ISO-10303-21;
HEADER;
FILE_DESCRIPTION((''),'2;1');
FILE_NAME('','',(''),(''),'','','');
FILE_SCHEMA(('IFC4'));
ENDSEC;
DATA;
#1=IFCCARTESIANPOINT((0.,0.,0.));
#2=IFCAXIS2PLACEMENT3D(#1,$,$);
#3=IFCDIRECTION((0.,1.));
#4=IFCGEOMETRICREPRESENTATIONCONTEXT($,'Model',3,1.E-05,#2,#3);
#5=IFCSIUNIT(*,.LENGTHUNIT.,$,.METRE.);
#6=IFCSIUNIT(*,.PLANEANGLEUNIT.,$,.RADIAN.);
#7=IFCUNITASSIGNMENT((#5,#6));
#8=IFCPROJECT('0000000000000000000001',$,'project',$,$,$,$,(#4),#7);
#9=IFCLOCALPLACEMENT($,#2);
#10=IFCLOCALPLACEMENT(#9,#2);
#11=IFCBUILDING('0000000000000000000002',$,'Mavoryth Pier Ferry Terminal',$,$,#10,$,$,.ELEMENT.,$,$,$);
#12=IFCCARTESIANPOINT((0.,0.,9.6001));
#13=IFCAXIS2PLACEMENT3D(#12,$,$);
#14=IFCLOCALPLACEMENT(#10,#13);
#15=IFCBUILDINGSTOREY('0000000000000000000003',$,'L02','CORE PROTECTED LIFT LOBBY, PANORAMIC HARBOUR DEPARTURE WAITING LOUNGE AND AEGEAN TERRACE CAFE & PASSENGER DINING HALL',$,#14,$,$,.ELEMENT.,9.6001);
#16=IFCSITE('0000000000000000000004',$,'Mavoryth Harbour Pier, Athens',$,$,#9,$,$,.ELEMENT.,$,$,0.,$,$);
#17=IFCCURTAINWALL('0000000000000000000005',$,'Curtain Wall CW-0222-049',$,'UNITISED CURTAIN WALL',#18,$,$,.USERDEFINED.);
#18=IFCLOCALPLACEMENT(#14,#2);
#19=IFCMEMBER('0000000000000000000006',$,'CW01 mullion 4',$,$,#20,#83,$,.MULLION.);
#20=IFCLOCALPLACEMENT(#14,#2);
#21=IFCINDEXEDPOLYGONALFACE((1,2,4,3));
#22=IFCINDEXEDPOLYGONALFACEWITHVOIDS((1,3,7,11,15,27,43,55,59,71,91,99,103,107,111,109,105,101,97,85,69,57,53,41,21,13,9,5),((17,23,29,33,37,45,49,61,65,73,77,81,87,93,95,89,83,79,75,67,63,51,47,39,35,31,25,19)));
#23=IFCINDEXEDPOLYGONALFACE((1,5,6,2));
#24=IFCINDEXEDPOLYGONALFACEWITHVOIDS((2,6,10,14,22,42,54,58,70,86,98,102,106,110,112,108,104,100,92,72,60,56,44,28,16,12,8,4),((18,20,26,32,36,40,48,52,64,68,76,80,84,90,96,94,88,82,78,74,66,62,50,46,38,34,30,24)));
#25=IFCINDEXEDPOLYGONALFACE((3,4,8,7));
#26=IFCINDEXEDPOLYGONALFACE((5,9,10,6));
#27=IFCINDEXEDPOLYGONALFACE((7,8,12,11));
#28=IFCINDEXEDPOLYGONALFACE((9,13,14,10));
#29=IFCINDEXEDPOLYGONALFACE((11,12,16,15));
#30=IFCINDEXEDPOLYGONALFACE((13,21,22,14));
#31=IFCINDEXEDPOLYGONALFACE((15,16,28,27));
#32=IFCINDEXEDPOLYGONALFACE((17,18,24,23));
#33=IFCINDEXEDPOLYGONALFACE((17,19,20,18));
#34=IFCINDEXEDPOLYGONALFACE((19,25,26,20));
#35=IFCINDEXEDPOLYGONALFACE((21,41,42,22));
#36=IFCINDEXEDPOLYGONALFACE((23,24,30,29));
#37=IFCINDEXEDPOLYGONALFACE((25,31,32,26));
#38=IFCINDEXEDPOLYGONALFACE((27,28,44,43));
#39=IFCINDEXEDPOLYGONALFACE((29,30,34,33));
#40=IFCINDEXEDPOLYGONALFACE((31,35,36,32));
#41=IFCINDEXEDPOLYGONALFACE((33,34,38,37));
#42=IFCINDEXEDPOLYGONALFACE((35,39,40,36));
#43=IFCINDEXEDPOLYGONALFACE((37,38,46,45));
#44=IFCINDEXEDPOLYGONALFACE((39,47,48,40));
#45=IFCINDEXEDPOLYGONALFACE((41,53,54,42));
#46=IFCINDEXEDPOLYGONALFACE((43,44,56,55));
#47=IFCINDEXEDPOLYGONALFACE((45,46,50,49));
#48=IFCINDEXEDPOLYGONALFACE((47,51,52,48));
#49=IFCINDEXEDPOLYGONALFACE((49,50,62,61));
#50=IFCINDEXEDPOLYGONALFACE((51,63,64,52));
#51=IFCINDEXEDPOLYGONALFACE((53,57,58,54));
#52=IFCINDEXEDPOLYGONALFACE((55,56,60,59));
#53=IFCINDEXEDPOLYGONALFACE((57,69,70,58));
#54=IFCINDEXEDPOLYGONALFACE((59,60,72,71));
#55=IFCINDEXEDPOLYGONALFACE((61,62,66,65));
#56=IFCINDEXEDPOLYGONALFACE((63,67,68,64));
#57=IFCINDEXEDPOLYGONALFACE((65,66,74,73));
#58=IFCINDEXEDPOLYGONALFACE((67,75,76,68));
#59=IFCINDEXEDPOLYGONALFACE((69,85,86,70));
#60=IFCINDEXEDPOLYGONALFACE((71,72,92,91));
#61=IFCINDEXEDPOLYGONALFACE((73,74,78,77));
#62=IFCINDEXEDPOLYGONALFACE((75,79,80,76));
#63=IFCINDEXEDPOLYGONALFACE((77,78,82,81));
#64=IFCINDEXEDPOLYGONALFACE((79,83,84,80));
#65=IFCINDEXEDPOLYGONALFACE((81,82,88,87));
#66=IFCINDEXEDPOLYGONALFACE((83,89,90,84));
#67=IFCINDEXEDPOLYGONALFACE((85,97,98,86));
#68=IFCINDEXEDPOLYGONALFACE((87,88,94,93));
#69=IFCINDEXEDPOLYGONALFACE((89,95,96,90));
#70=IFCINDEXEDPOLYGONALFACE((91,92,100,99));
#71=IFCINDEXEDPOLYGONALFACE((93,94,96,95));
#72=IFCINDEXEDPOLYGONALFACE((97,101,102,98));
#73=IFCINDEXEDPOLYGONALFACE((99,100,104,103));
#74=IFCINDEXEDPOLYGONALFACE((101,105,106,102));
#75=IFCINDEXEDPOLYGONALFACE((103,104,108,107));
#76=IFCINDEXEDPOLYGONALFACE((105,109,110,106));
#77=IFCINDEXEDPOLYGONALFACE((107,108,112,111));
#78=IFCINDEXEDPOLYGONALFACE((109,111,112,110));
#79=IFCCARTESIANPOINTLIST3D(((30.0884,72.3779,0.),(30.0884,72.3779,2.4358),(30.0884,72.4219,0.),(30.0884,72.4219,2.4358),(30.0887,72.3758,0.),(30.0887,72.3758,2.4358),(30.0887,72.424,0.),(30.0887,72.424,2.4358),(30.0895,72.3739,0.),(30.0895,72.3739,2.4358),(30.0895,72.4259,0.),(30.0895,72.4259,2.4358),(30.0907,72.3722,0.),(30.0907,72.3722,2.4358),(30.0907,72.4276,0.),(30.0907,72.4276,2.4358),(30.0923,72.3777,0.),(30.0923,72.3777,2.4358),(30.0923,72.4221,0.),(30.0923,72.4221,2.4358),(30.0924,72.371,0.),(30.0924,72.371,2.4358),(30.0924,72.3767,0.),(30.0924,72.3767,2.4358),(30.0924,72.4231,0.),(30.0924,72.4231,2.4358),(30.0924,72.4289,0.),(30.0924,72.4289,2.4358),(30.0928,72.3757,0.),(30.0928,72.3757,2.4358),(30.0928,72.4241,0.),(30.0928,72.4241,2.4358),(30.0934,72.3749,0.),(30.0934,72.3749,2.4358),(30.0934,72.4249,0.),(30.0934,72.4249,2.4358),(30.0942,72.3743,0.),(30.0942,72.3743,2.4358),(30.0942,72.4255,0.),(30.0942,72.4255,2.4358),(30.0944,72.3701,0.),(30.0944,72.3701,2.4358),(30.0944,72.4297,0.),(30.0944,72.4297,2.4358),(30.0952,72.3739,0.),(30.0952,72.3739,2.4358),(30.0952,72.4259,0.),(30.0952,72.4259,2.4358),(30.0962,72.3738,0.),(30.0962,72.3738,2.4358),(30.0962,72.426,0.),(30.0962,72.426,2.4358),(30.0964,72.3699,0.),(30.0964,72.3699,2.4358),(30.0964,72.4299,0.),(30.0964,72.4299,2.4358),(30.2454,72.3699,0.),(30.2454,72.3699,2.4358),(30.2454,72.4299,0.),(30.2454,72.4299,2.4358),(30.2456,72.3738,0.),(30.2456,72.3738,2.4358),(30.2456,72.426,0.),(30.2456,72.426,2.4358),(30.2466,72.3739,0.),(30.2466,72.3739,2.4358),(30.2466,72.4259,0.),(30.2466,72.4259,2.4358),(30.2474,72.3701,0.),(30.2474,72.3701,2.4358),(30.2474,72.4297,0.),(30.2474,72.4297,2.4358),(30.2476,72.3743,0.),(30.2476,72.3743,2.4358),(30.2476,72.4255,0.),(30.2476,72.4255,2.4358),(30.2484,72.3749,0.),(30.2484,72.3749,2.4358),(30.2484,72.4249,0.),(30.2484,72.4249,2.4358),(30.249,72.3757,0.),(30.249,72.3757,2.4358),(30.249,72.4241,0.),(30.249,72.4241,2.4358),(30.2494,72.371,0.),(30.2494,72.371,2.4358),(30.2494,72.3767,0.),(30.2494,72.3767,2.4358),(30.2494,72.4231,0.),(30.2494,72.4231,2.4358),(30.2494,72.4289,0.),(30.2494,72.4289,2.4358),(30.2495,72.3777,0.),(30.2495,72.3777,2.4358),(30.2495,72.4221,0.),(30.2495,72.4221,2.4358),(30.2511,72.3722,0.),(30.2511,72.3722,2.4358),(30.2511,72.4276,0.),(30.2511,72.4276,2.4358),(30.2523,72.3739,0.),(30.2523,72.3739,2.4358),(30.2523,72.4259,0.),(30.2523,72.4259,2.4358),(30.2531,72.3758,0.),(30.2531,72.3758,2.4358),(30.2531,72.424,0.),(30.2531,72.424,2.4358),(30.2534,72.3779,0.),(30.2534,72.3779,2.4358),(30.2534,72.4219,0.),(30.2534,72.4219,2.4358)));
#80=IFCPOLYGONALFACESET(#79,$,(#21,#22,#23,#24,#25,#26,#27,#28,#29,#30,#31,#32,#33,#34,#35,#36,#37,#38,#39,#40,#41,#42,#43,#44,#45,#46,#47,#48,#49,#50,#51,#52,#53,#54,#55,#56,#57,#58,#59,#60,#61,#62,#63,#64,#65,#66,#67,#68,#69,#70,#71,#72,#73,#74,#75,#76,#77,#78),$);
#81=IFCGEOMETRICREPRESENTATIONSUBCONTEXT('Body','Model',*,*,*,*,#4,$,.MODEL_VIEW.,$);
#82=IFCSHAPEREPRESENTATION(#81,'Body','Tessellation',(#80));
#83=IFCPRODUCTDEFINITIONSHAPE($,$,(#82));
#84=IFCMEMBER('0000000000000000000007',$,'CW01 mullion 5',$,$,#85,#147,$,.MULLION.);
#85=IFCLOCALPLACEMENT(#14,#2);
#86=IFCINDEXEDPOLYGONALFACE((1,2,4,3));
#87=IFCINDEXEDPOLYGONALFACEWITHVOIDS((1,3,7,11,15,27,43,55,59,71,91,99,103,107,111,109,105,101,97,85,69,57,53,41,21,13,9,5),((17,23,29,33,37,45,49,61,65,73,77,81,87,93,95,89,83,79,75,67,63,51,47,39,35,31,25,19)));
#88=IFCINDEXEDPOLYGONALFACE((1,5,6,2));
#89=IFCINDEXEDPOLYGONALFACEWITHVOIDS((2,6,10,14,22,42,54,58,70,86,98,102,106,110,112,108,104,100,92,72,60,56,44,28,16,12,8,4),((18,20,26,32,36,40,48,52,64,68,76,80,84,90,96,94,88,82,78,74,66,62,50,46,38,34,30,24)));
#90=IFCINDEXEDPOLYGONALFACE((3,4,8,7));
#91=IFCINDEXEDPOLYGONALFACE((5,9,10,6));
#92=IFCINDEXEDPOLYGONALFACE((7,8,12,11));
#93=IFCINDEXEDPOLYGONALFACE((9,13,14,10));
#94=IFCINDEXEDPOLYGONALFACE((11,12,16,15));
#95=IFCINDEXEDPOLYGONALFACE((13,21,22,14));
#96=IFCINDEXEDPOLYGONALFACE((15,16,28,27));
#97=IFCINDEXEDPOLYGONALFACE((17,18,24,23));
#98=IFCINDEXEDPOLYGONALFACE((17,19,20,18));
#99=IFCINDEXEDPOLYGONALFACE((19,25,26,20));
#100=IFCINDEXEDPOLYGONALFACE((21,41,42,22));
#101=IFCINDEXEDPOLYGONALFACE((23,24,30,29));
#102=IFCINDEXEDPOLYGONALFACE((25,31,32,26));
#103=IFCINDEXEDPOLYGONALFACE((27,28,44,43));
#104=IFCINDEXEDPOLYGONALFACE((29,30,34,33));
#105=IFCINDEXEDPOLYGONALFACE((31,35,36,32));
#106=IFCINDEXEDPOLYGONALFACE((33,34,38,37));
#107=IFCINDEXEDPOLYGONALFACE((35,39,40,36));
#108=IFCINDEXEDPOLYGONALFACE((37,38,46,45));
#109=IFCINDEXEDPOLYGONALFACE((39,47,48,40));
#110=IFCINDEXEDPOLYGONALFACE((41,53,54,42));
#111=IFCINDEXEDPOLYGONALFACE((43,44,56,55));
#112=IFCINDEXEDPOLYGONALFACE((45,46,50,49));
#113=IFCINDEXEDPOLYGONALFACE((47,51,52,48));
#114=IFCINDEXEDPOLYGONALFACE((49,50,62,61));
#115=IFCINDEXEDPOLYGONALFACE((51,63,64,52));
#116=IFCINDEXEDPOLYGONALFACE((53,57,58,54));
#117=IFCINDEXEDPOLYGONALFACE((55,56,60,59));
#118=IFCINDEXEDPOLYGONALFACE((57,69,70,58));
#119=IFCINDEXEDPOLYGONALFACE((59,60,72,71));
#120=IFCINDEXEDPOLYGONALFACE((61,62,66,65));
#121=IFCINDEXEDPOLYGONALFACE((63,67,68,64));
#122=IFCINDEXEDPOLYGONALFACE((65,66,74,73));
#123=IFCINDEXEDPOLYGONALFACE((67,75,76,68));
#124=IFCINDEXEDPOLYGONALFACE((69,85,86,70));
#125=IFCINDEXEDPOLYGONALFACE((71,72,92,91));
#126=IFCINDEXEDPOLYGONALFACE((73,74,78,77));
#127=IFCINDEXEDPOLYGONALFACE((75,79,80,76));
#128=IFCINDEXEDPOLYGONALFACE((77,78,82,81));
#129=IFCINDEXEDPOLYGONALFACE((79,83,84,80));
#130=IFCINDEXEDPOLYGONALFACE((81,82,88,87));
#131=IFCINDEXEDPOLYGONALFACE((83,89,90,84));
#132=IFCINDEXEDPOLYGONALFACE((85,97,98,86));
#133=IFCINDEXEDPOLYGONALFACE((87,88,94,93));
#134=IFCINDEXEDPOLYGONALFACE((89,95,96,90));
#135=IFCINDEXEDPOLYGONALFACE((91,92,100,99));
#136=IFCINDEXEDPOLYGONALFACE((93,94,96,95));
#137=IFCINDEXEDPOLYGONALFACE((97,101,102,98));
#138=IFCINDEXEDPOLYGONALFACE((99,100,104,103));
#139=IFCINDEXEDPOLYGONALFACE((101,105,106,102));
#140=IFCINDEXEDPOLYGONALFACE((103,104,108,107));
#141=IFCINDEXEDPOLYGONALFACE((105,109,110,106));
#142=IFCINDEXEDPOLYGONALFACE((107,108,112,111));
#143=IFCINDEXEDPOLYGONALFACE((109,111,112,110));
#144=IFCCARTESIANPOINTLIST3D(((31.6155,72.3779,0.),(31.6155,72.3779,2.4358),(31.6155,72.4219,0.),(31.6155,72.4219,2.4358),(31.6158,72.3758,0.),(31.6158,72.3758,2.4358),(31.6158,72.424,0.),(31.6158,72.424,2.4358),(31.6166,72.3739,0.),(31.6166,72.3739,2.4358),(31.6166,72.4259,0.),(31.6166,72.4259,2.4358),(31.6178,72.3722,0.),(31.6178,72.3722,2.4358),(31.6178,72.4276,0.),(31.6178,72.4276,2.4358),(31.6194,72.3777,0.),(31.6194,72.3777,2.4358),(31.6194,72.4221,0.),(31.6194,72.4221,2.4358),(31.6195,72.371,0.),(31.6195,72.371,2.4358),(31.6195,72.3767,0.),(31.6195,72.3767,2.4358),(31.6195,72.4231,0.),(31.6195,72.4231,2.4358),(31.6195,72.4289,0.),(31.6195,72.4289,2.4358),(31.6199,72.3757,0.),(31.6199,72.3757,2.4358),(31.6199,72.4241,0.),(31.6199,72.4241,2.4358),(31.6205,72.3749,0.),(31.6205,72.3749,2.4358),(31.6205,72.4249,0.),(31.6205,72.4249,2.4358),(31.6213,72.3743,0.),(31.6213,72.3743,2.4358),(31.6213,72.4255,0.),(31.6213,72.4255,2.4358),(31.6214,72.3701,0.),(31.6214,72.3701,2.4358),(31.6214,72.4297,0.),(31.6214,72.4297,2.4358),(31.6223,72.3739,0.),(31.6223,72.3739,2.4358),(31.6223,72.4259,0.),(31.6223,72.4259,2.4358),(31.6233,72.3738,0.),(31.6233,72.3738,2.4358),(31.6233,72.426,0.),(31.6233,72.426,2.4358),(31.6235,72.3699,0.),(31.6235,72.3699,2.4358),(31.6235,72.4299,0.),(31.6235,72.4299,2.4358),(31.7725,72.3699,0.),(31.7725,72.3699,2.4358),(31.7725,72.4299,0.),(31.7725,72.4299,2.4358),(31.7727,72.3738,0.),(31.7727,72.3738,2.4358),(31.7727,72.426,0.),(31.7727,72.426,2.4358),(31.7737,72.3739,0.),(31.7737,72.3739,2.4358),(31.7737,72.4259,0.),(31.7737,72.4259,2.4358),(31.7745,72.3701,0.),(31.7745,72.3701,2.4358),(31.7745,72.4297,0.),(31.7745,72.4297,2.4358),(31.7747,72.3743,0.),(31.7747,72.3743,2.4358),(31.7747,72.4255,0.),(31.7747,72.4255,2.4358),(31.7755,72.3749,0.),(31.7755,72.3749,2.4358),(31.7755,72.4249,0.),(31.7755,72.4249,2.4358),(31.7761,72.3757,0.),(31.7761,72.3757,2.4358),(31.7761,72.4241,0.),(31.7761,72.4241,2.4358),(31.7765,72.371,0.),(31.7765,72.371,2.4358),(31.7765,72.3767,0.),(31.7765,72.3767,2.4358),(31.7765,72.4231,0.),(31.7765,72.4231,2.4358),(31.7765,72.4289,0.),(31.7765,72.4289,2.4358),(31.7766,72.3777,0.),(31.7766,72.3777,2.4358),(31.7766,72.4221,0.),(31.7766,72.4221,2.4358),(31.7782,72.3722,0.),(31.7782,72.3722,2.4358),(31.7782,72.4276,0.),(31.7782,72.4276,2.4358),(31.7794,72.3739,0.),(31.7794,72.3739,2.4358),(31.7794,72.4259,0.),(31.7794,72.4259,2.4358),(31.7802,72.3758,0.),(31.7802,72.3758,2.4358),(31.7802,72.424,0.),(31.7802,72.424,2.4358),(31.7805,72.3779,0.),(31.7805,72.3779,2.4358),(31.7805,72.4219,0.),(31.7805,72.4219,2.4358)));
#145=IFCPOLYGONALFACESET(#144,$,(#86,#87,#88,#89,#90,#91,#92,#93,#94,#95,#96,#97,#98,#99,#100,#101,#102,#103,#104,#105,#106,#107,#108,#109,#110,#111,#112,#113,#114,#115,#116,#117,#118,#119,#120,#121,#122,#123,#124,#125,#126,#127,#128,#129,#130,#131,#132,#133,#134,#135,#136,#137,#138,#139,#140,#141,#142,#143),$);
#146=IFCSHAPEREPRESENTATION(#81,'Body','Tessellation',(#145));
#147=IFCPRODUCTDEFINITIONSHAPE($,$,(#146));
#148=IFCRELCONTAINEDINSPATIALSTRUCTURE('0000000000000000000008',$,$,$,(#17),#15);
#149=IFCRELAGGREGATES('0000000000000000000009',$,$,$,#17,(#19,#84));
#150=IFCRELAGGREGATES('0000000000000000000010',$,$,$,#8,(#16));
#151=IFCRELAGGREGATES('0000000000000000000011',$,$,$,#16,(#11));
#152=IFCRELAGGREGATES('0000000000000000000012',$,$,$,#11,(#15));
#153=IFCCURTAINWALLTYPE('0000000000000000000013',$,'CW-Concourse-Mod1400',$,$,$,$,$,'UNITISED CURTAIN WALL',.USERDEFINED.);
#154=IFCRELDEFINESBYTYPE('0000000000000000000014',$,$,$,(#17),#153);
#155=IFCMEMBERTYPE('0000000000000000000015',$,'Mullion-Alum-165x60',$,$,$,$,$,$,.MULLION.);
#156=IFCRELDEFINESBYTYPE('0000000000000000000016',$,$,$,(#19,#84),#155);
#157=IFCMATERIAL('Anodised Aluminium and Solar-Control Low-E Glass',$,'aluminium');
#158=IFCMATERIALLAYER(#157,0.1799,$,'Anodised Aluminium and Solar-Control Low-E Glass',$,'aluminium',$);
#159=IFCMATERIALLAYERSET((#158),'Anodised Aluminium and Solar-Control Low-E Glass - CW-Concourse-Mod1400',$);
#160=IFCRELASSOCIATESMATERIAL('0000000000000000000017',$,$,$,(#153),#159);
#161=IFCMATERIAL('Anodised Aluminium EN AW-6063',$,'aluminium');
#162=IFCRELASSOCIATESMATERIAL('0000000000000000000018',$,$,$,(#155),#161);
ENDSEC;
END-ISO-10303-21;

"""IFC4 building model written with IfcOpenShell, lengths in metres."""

from ifc_helpers import new_model, si_unit, direction, frame, origin, origin_2d, place, context, subcontext, project, spatial, hollow_rectangle, extrude, material, layer, layer_set, material_profile, profile_set, type_object, element, aggregate, save


model = new_model("IFC4")

# Units and contexts
model_context = context("Model", 3, precision=1e-05, world=origin(), true_north=direction((0.0, 1.0)))
body_context = subcontext(model_context, "Body", "Model", "MODEL_VIEW")
ifc_project = project(units=[si_unit("LENGTHUNIT", "METRE"), si_unit("PLANEANGLEUNIT", "RADIAN")], contexts=[model_context])

# Site, building, storey
site_placement = place(None, origin())
site = spatial("IfcSite", under=ifc_project, at=site_placement, Name="Mavoryth Harbour Pier, Athens", CompositionType="ELEMENT", RefElevation=0.0)
building_placement = place(site_placement, origin())
building = spatial("IfcBuilding", under=site, at=building_placement, Name="Mavoryth Pier Ferry Terminal", CompositionType="ELEMENT")
storey_placement = place(building_placement, frame((0.0, 0.0, 9.6001)))
storey = spatial("IfcBuildingStorey", under=building, at=storey_placement, Name="L02", Description="CORE PROTECTED LIFT LOBBY, PANORAMIC HARBOUR DEPARTURE WAITING LOUNGE AND AEGEAN TERRACE CAFE & PASSENGER DINING HALL", CompositionType="ELEMENT", Elevation=9.6001)

# Shared definitions
ifc_material_1 = material(Name="Anodised Aluminium and Solar-Control Low-E Glass", Category="aluminium")
ifc_layer_1 = layer(ifc_material_1, 0.1799, Name="Anodised Aluminium and Solar-Control Low-E Glass", Category="aluminium")
ifc_layer_set_1 = layer_set([ifc_layer_1], Name="Anodised Aluminium and Solar-Control Low-E Glass - CW-Concourse-Mod1400")
curtain_wall_type = type_object("IfcCurtainWallType", Name="CW-Concourse-Mod1400", ElementType="UNITISED CURTAIN WALL", PredefinedType="USERDEFINED", material=ifc_layer_set_1)
ifc_material_2 = material(Name="Anodised Aluminium EN AW-6063", Category="aluminium")
ifc_material_profile_1 = material_profile(ifc_material_2, hollow_rectangle(XDim=0.0601, YDim=0.165, WallThickness=0.0039, InnerFilletRadius=0.0039, OuterFilletRadius=0.0081, at=origin_2d()), Name="AL-MULL 165x60x4", Category="aluminium")
ifc_profile_set_1 = profile_set([ifc_material_profile_1], Name="Anodised Aluminium EN AW-6063 - AL-MULL 165x60x4")
member_type_1 = type_object("IfcMemberType", Name="Mullion-Alum-165x60", PredefinedType="MULLION", material=ifc_profile_set_1)

# Curtain wall, members
curtain_wall_1_placement = place(storey_placement, origin())
curtain_wall_1 = element("IfcCurtainWall", 1, at=curtain_wall_1_placement, inside=storey, type_object=curtain_wall_type, Name="Curtain Wall CW-0222-049", ObjectType="UNITISED CURTAIN WALL", PredefinedType="USERDEFINED")
member_1_placement = place(storey_placement, frame((30.1709, 72.3999, 0.0), z_axis=(0.0, 0.0, 1.0), x_axis=(0.0, 1.0, 0.0)))
member_1 = element("IfcMember", 2, at=member_1_placement, type_object=member_type_1, Name="CW01 mullion 4", PredefinedType="MULLION", context=body_context, shape_type="SweptSolid", body=[
    extrude(hollow_rectangle(XDim=0.0601, YDim=0.165, WallThickness=0.0039, InnerFilletRadius=0.0039, OuterFilletRadius=0.0081, at=origin_2d()), origin(), (0.0, 0.0, 1.0), 2.4358),
])
member_2_placement = place(storey_placement, frame((31.698, 72.3999, 0.0), z_axis=(0.0, 0.0, 1.0), x_axis=(0.0, 1.0, 0.0)))
member_2 = element("IfcMember", 3, at=member_2_placement, type_object=member_type_1, Name="CW01 mullion 5", PredefinedType="MULLION", context=body_context, shape_type="SweptSolid", body=[
    extrude(hollow_rectangle(XDim=0.0601, YDim=0.165, WallThickness=0.0039, InnerFilletRadius=0.0039, OuterFilletRadius=0.0081, at=origin_2d()), origin(), (0.0, 0.0, 1.0), 2.4358),
])

aggregate(curtain_wall_1, [member_1, member_2])

save(model, "model.ifc")
